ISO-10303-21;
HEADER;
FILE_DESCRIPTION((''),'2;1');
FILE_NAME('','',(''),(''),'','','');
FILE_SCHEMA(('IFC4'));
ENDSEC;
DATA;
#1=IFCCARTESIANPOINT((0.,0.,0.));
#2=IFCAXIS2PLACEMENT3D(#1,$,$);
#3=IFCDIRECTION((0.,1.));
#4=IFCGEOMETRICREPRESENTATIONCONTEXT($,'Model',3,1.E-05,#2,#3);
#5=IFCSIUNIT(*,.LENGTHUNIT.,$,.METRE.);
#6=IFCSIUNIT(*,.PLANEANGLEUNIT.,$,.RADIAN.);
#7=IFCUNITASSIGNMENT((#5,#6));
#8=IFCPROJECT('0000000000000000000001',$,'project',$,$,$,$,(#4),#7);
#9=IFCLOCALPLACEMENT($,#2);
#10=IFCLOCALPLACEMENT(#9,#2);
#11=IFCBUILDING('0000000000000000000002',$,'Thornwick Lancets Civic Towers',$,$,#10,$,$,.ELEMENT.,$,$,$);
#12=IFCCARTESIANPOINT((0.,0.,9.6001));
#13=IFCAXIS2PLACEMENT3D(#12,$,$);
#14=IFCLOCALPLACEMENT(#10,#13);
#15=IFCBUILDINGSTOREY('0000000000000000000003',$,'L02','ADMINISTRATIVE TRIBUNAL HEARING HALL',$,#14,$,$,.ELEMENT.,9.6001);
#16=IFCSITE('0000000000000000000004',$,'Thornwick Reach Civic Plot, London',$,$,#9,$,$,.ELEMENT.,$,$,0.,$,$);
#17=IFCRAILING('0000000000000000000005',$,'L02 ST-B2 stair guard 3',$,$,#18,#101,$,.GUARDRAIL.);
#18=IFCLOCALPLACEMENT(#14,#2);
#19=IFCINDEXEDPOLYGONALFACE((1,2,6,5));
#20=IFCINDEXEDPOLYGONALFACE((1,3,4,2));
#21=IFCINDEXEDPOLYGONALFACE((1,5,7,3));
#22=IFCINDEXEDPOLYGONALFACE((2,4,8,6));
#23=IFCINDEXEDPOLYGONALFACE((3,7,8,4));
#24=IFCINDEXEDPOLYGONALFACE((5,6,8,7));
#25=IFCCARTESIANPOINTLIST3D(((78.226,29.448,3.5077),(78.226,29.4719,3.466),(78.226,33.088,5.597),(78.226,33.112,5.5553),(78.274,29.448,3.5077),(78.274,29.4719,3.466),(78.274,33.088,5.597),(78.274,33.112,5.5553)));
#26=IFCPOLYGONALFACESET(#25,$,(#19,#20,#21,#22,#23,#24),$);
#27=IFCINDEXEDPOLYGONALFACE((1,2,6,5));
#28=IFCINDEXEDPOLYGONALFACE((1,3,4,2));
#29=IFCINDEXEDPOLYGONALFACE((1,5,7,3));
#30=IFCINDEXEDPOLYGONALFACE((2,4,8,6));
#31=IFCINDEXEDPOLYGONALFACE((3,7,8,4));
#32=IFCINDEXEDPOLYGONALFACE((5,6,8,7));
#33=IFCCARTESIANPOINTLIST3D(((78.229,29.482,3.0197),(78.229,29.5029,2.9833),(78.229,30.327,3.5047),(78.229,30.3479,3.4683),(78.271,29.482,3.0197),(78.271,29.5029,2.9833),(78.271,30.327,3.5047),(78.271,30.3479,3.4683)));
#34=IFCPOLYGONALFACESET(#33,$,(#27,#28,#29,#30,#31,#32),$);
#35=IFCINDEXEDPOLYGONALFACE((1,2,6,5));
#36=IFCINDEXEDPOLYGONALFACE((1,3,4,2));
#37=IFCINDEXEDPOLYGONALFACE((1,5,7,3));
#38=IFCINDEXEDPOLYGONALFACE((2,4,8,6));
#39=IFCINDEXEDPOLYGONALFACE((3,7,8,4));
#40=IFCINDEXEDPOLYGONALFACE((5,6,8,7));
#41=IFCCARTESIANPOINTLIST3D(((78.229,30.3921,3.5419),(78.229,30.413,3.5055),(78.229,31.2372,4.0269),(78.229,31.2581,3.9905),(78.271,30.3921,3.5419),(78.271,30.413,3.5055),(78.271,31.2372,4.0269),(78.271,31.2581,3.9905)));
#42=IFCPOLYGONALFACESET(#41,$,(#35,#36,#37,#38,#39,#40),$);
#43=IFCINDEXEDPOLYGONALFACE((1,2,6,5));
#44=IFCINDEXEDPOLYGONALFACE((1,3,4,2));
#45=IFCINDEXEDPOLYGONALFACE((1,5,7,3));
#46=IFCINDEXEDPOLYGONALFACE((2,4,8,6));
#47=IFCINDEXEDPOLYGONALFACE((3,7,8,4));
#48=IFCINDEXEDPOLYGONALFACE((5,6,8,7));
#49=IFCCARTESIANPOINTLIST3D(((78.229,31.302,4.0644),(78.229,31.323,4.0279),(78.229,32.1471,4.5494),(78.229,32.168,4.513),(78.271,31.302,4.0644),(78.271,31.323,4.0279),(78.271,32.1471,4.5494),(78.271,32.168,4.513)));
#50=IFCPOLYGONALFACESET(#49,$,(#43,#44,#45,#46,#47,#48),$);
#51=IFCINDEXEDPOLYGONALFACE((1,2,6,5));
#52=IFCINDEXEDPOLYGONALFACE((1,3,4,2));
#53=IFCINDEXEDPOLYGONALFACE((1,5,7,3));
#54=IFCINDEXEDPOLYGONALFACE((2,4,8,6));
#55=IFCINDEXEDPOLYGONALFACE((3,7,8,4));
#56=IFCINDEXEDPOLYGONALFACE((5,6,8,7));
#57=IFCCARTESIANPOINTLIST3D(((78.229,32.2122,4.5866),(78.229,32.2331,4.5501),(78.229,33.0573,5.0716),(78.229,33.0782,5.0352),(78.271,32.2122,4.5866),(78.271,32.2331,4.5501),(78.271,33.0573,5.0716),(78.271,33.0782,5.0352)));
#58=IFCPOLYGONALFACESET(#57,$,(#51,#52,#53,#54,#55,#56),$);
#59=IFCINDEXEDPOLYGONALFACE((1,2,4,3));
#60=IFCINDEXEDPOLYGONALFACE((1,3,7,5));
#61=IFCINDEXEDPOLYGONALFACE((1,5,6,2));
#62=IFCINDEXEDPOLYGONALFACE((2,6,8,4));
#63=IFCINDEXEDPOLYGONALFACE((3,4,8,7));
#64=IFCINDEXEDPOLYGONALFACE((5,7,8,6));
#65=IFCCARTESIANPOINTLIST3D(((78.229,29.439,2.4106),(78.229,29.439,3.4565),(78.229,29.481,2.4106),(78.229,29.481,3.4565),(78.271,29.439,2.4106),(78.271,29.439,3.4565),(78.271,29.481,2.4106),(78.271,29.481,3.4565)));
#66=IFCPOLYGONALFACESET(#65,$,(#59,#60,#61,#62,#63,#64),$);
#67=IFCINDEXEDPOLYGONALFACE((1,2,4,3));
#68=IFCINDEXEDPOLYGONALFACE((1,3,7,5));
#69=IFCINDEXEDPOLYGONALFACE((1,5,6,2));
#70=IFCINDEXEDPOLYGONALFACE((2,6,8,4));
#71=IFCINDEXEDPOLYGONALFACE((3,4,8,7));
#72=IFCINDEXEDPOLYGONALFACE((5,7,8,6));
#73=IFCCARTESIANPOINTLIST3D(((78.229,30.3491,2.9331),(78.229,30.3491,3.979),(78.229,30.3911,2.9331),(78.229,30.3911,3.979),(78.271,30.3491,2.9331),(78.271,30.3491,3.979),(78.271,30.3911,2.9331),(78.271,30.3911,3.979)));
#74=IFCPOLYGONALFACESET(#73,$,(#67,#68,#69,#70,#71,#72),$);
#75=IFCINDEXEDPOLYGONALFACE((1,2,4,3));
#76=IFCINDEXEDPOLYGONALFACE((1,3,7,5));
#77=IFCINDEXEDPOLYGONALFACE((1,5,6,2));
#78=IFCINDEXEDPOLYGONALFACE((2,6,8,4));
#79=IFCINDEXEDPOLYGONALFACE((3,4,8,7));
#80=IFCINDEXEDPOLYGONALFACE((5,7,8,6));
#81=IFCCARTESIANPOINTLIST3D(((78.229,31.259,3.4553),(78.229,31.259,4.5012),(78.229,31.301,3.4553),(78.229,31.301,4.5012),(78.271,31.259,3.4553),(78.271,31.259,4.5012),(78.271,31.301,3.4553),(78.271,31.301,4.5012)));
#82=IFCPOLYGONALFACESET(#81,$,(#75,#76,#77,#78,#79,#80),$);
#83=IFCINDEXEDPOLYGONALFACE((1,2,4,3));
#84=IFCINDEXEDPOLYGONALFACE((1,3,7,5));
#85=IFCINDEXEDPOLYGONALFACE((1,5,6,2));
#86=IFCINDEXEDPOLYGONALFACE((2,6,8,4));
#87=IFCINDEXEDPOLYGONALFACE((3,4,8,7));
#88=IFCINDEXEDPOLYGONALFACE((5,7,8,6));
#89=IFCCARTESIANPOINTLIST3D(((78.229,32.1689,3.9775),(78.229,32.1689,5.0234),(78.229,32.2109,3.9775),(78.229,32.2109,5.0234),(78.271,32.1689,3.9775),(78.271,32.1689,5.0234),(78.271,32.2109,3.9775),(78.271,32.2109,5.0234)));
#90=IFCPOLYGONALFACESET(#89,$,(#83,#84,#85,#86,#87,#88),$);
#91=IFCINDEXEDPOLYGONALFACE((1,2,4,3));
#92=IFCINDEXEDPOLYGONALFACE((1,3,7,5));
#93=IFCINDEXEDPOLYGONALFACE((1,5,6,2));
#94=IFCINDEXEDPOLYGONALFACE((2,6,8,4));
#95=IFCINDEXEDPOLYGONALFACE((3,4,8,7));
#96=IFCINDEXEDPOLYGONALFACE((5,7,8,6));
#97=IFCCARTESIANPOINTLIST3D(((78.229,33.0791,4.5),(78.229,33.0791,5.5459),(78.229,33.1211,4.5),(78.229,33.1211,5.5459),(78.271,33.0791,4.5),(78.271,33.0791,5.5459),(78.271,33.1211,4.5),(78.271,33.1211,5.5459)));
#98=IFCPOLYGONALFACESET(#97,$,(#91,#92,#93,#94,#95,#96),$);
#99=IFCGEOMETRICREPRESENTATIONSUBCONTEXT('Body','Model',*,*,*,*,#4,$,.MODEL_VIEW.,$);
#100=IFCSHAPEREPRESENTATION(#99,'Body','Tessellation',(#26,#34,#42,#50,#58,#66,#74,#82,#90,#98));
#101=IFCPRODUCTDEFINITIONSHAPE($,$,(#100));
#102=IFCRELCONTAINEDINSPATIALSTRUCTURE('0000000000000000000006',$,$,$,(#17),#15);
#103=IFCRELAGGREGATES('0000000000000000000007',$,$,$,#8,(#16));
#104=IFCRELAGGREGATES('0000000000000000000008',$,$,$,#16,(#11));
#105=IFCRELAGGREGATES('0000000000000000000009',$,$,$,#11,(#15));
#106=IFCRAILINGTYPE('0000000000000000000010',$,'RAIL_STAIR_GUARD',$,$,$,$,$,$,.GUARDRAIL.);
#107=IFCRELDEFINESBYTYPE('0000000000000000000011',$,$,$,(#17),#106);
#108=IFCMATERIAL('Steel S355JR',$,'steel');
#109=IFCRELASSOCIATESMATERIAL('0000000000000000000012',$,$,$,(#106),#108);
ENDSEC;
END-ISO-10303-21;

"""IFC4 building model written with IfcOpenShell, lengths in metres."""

from ifc_helpers import new_model, si_unit, direction, frame, origin, origin_2d, place, context, subcontext, project, spatial, rectangle, extrude, material, type_object, element, save


model = new_model("IFC4")

# Units and contexts
model_context = context("Model", 3, precision=1e-05, world=origin(), true_north=direction((0.0, 1.0)))
body_context = subcontext(model_context, "Body", "Model", "MODEL_VIEW")
ifc_project = project(units=[si_unit("LENGTHUNIT", "METRE"), si_unit("PLANEANGLEUNIT", "RADIAN")], contexts=[model_context])

# Site, building, storey
site_placement = place(None, origin())
site = spatial("IfcSite", under=ifc_project, at=site_placement, Name="Thornwick Reach Civic Plot, London", CompositionType="ELEMENT", RefElevation=0.0)
building_placement = place(site_placement, origin())
building = spatial("IfcBuilding", under=site, at=building_placement, Name="Thornwick Lancets Civic Towers", CompositionType="ELEMENT")
storey_placement = place(building_placement, frame((0.0, 0.0, 9.6001)))
storey = spatial("IfcBuildingStorey", under=building, at=storey_placement, Name="L02", Description="ADMINISTRATIVE TRIBUNAL HEARING HALL", CompositionType="ELEMENT", Elevation=9.6001)

# Shared definitions
ifc_material_1 = material(Name="Steel S355JR", Category="steel")

# Railing
railing_type_1 = type_object("IfcRailingType", Name="RAIL_STAIR_GUARD", PredefinedType="GUARDRAIL", material=ifc_material_1)
railing_1_placement = place(storey_placement, frame((78.25, 29.46, 2.4106)))
element("IfcRailing", 1, at=railing_1_placement, inside=storey, type_object=railing_type_1, Name="L02 ST-B2 stair guard 3", PredefinedType="GUARDRAIL", context=body_context, shape_type="SweptSolid", body=[
    extrude(rectangle(XDim=0.0481, YDim=0.0481, at=origin_2d()), frame((0.0, 0.0, 1.0762), z_axis=(0.0, 0.867289, 0.497804), x_axis=(-1.0, 0.0, 0.0)), (0.0, 0.0, 1.0), 4.197),
    extrude(rectangle(XDim=0.042, YDim=0.042, at=origin_2d()), frame((0.0, 0.0325, 0.5908), z_axis=(0.0, 0.867289, 0.497804), x_axis=(-1.0, 0.0, 0.0)), (0.0, 0.0, 1.0), 0.9744),
    extrude(rectangle(XDim=0.042, YDim=0.042, at=origin_2d()), frame((0.0, 0.9426, 1.113), z_axis=(0.0, 0.867289, 0.497804), x_axis=(-1.0, 0.0, 0.0)), (0.0, 0.0, 1.0), 0.9744),
    extrude(rectangle(XDim=0.042, YDim=0.042, at=origin_2d()), frame((0.0, 1.8525, 1.6355), z_axis=(0.0, 0.867289, 0.497804), x_axis=(-1.0, 0.0, 0.0)), (0.0, 0.0, 1.0), 0.9744),
    extrude(rectangle(XDim=0.042, YDim=0.042, at=origin_2d()), frame((0.0, 2.7627, 2.1577), z_axis=(0.0, 0.867289, 0.497804), x_axis=(-1.0, 0.0, 0.0)), (0.0, 0.0, 1.0), 0.9744),
    extrude(rectangle(XDim=0.042, YDim=0.042, at=origin_2d()), origin(), (0.0, 0.0, 1.0), 1.0459),
    extrude(rectangle(XDim=0.042, YDim=0.042, at=origin_2d()), frame((0.0, 0.9102, 0.5225)), (0.0, 0.0, 1.0), 1.0459),
    extrude(rectangle(XDim=0.042, YDim=0.042, at=origin_2d()), frame((0.0, 1.8201, 1.0447)), (0.0, 0.0, 1.0), 1.0459),
    extrude(rectangle(XDim=0.042, YDim=0.042, at=origin_2d()), frame((0.0, 2.73, 1.5669)), (0.0, 0.0, 1.0), 1.0459),
    extrude(rectangle(XDim=0.042, YDim=0.042, at=origin_2d()), frame((0.0, 3.6401, 2.0894)), (0.0, 0.0, 1.0), 1.0459),
])

save(model, "model.ifc")
